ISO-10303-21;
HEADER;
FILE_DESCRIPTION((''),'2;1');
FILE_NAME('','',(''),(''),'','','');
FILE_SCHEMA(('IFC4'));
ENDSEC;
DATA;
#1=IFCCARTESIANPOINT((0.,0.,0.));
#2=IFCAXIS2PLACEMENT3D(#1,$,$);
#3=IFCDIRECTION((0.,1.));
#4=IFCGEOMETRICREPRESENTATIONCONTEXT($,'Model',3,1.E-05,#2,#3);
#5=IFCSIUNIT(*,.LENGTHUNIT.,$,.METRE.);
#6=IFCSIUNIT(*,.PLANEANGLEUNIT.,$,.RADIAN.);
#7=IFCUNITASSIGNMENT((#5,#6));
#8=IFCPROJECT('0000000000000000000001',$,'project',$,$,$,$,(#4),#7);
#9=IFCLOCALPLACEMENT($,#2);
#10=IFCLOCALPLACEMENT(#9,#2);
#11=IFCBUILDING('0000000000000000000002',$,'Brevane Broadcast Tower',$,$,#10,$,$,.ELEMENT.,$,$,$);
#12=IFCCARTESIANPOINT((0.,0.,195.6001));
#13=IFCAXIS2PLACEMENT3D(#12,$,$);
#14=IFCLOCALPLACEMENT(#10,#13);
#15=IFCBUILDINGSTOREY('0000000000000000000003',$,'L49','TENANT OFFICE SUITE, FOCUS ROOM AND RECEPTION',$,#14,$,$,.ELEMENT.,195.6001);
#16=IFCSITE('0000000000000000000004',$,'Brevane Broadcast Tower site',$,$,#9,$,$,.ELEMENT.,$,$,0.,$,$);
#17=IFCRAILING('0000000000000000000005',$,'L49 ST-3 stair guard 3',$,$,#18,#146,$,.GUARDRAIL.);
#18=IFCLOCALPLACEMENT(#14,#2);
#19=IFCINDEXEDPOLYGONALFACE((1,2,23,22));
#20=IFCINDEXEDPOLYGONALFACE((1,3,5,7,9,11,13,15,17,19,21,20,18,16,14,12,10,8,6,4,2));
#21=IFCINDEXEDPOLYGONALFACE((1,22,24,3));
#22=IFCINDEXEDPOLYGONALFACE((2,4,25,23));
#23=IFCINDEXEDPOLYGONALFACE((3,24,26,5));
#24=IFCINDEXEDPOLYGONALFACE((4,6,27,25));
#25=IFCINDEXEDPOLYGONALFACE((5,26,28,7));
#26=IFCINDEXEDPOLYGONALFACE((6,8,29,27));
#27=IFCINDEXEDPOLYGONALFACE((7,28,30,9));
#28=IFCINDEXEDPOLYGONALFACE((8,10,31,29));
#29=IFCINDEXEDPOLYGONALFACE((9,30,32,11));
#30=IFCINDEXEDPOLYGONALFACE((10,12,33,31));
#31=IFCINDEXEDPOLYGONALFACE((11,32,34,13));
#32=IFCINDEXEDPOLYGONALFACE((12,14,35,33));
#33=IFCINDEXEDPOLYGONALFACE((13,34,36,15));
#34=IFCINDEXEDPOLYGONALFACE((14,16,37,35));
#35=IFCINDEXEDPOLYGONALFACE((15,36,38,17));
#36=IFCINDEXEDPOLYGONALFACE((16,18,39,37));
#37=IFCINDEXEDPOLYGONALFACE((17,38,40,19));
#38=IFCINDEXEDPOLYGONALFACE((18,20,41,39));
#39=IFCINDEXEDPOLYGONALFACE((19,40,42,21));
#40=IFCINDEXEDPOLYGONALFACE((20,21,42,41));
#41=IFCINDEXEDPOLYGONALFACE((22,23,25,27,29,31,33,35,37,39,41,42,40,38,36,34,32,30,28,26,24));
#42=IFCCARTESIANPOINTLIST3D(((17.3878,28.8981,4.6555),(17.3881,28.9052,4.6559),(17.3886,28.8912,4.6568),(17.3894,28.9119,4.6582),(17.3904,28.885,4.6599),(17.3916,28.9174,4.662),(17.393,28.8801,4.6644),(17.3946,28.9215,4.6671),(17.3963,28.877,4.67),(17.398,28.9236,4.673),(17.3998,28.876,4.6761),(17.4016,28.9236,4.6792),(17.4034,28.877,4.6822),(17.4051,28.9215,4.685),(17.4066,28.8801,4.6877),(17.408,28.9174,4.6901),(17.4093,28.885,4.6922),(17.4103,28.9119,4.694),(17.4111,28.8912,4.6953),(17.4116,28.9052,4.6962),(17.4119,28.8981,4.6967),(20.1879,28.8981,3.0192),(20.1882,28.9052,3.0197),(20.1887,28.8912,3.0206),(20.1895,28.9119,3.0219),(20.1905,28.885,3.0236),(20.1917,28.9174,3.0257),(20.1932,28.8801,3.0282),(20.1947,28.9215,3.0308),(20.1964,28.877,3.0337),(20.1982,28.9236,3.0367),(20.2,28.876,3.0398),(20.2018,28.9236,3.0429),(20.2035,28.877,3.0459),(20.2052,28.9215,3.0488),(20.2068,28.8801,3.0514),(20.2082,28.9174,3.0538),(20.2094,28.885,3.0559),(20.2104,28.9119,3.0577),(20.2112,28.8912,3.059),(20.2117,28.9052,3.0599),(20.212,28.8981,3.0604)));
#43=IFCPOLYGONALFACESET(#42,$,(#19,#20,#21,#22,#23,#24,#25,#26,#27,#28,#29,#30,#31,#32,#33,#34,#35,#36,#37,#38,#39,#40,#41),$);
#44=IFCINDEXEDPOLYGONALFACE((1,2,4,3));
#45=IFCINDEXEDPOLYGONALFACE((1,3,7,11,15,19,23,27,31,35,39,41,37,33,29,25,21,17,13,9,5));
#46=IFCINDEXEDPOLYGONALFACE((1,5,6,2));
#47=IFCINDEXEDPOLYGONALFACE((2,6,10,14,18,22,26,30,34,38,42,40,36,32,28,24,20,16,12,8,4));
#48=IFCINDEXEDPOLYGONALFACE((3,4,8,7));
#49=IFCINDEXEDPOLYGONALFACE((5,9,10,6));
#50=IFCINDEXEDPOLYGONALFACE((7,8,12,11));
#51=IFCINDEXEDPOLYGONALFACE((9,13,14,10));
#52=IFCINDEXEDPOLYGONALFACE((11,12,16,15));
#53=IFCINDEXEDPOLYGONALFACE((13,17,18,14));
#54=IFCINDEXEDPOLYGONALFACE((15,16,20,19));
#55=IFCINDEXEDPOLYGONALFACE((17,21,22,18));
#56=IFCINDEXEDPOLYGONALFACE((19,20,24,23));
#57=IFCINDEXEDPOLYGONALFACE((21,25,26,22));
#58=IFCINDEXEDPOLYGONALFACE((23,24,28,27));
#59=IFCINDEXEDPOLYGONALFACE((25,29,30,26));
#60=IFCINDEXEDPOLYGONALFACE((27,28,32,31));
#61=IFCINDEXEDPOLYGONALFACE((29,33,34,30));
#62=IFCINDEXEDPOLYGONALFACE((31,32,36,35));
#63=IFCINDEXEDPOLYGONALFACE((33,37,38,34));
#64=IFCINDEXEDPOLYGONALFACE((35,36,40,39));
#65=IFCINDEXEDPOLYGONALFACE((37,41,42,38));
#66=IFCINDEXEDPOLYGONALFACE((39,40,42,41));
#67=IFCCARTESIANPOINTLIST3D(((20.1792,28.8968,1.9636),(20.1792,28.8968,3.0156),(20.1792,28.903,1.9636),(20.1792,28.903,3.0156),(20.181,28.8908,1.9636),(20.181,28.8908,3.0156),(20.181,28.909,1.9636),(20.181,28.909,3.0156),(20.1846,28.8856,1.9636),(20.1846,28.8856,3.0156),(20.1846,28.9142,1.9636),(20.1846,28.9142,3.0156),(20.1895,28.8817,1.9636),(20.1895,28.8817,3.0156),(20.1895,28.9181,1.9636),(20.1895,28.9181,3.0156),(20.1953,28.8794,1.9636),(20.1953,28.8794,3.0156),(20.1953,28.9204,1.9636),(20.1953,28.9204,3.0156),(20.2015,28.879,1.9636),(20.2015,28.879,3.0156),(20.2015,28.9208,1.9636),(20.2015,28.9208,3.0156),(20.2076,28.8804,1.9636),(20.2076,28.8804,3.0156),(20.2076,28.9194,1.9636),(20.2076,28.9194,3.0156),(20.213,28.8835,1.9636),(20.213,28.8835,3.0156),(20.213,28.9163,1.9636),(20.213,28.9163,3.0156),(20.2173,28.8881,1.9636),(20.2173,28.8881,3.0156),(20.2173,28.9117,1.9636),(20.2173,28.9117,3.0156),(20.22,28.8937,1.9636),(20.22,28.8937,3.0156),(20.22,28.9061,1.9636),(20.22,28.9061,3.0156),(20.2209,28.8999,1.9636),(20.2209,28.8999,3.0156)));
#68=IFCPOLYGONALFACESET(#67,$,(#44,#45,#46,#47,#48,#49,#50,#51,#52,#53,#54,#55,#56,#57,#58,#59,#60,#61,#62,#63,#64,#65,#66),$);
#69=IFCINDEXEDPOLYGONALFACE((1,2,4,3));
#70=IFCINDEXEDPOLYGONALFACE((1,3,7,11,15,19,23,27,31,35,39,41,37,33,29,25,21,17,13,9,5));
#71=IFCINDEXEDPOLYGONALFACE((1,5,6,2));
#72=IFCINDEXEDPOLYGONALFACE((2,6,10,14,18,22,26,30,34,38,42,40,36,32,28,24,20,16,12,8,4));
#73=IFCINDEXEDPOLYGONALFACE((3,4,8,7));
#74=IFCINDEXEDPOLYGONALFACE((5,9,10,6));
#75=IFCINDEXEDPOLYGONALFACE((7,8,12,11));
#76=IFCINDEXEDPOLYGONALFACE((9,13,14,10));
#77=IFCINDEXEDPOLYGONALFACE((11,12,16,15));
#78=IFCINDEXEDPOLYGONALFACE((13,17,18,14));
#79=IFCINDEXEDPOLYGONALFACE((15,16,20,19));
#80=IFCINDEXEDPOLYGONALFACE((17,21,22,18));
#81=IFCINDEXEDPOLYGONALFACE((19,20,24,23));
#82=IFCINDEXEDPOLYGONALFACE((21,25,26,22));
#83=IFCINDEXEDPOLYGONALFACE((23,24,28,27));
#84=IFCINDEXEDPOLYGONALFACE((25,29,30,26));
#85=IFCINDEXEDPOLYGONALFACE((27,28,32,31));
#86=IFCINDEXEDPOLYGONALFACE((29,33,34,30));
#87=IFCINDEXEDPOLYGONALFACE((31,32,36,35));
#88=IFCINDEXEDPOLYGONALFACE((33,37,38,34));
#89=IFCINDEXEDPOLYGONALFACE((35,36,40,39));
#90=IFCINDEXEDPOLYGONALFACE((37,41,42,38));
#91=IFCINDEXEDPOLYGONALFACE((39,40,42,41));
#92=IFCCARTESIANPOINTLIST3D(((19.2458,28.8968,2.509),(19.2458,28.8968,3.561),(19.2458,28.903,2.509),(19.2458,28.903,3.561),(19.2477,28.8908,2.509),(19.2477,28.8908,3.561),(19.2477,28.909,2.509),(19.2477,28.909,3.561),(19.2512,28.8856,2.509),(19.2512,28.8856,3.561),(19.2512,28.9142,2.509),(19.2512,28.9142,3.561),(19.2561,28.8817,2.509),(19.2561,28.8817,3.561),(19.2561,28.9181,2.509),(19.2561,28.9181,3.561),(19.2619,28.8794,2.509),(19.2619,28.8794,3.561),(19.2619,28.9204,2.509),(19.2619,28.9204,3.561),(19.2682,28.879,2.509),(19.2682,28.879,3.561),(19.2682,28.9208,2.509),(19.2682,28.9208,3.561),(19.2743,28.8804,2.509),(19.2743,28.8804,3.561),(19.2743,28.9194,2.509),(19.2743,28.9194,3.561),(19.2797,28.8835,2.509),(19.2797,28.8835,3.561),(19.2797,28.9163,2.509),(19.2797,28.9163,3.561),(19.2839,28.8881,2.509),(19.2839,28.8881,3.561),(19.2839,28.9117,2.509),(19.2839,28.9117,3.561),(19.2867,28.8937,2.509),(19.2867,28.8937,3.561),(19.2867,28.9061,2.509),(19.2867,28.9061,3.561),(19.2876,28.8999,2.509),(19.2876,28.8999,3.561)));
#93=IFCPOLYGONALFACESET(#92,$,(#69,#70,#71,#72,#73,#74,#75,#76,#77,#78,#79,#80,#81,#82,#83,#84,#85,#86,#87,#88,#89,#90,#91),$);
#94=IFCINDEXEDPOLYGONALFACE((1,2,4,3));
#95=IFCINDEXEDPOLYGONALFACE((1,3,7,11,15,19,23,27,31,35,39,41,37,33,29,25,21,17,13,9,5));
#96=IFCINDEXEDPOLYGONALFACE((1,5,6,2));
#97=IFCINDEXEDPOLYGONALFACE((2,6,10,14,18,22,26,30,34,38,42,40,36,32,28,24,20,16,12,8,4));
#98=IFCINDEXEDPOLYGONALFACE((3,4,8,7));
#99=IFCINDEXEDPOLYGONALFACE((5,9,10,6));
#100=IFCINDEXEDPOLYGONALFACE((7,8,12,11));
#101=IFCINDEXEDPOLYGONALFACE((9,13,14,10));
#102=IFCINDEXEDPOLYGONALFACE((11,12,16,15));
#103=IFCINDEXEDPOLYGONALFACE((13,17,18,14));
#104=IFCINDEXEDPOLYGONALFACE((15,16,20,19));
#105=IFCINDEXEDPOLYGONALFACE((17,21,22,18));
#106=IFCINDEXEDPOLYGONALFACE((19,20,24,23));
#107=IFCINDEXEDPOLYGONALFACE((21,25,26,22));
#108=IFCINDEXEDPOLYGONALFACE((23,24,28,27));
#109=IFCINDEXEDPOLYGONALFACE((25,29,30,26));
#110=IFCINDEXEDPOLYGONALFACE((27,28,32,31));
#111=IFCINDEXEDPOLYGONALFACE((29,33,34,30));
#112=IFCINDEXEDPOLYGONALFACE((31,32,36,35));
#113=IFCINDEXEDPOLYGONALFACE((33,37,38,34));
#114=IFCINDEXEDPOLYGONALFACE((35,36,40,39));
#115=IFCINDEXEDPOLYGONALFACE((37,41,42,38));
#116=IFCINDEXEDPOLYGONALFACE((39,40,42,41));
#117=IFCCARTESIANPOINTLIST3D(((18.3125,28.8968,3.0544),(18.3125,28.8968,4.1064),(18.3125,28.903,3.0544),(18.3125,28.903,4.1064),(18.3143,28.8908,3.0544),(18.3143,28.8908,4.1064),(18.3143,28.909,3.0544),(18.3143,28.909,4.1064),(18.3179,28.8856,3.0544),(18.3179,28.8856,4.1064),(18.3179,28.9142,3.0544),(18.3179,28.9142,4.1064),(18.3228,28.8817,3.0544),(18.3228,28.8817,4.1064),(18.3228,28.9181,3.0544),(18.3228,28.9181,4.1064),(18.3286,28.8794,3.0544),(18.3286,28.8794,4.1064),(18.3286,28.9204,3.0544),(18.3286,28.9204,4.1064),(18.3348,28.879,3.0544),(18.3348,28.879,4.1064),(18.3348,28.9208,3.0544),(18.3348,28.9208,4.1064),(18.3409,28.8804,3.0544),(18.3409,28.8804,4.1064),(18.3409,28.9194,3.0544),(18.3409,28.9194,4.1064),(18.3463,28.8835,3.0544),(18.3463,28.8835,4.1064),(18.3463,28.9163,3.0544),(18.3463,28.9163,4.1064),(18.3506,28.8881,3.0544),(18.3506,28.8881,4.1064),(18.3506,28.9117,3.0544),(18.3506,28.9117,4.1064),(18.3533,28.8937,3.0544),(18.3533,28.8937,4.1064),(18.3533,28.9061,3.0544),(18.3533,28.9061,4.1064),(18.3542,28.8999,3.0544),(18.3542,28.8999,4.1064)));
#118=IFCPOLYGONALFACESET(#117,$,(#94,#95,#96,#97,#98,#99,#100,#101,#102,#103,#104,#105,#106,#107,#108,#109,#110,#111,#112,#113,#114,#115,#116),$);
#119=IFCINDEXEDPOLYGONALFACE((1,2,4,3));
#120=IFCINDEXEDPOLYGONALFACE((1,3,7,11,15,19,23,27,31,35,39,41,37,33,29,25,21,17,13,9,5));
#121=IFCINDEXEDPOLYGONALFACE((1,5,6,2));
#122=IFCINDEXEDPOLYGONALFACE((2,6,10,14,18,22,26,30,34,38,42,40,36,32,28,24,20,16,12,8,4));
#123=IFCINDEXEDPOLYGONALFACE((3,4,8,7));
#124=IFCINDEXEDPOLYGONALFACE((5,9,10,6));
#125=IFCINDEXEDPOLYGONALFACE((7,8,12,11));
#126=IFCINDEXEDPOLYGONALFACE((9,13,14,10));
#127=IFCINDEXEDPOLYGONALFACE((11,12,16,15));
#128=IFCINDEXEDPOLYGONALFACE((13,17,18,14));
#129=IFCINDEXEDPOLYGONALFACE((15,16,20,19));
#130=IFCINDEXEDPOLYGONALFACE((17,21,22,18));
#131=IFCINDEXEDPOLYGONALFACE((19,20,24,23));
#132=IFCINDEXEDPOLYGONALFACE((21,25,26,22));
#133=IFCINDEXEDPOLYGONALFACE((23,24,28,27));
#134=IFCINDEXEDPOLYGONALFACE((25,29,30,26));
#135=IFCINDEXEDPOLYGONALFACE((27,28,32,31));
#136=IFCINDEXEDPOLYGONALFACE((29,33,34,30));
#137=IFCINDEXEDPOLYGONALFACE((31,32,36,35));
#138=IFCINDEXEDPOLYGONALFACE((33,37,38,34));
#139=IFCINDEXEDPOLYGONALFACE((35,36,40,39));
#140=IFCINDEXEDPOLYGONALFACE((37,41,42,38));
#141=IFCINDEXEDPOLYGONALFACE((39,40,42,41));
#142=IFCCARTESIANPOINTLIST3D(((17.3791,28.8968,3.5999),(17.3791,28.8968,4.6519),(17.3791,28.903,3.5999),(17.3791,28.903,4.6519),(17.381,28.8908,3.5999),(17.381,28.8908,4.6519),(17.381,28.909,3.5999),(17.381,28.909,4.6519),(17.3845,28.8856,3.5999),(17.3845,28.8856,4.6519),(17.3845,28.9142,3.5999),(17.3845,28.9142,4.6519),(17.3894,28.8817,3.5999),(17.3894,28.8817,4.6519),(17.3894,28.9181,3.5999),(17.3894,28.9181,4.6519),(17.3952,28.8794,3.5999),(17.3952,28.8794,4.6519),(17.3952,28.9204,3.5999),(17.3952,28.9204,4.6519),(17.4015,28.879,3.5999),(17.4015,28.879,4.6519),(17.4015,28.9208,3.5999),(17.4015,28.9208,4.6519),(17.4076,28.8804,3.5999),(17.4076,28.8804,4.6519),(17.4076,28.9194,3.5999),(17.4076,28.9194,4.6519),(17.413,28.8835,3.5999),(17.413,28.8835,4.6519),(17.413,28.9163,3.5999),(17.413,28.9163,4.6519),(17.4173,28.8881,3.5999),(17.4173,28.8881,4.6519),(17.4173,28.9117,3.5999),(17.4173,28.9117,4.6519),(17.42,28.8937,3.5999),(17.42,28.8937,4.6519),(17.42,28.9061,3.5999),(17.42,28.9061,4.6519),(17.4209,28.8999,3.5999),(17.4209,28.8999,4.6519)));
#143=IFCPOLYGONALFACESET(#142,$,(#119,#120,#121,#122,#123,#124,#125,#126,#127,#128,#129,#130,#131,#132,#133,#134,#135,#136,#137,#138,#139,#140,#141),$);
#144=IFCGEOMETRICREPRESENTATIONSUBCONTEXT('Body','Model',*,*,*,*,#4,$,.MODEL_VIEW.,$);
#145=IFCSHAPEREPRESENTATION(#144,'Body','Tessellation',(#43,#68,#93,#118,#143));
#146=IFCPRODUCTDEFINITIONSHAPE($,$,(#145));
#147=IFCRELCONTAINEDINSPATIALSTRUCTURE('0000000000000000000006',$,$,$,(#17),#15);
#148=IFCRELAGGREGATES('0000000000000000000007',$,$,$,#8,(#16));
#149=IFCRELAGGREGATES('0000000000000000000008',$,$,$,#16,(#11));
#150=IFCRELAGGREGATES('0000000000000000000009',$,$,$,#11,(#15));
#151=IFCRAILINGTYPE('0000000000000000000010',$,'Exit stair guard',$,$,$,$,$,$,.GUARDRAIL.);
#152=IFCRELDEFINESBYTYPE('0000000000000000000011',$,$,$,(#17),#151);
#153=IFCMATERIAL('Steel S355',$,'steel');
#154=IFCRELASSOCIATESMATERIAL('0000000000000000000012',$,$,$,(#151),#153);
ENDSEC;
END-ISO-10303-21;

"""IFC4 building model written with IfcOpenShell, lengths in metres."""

from ifc_helpers import new_model, si_unit, direction, frame, origin, origin_2d, place, context, subcontext, project, spatial, circle, extrude, material, type_object, element, save


model = new_model("IFC4")

# Units and contexts
model_context = context("Model", 3, precision=1e-05, world=origin(), true_north=direction((0.0, 1.0)))
body_context = subcontext(model_context, "Body", "Model", "MODEL_VIEW")
ifc_project = project(units=[si_unit("LENGTHUNIT", "METRE"), si_unit("PLANEANGLEUNIT", "RADIAN")], contexts=[model_context])

# Site, building, storey
site_placement = place(None, origin())
site = spatial("IfcSite", under=ifc_project, at=site_placement, Name="Brevane Broadcast Tower site", CompositionType="ELEMENT", RefElevation=0.0)
building_placement = place(site_placement, origin())
building = spatial("IfcBuilding", under=site, at=building_placement, Name="Brevane Broadcast Tower", CompositionType="ELEMENT")
storey_placement = place(building_placement, frame((0.0, 0.0, 195.6001)))
storey = spatial("IfcBuildingStorey", under=building, at=storey_placement, Name="L49", Description="TENANT OFFICE SUITE, FOCUS ROOM AND RECEPTION", CompositionType="ELEMENT", Elevation=195.6001)

# Railing
ifc_material_1 = material(Name="Steel S355", Category="steel")
railing_type_1 = type_object("IfcRailingType", Name="Exit stair guard", PredefinedType="GUARDRAIL", material=ifc_material_1)
railing_1_placement = place(storey_placement, frame((20.2, 28.8999, 1.9636)))
element("IfcRailing", 1, at=railing_1_placement, inside=storey, type_object=railing_type_1, Name="L49 ST-3 stair guard 3", PredefinedType="GUARDRAIL", context=body_context, shape_type="SweptSolid", body=[
    extrude(circle(Radius=0.0239, at=origin_2d()), frame((0.0, 0.0, 1.0762), z_axis=(-0.863394, 0.0, 0.504531), x_axis=(0.0, -1.0, 0.0)), (0.0, 0.0, 1.0), 3.2432),
    extrude(circle(Radius=0.021, at=origin_2d()), origin(), (0.0, 0.0, 1.0), 1.052),
    extrude(circle(Radius=0.021, at=origin_2d()), frame((-0.9333, 0.0, 0.5454)), (0.0, 0.0, 1.0), 1.052),
    extrude(circle(Radius=0.021, at=origin_2d()), frame((-1.8667, 0.0, 1.0908)), (0.0, 0.0, 1.0), 1.052),
    extrude(circle(Radius=0.021, at=origin_2d()), frame((-2.8, 0.0, 1.6362)), (0.0, 0.0, 1.0), 1.052),
])

save(model, "model.ifc")
